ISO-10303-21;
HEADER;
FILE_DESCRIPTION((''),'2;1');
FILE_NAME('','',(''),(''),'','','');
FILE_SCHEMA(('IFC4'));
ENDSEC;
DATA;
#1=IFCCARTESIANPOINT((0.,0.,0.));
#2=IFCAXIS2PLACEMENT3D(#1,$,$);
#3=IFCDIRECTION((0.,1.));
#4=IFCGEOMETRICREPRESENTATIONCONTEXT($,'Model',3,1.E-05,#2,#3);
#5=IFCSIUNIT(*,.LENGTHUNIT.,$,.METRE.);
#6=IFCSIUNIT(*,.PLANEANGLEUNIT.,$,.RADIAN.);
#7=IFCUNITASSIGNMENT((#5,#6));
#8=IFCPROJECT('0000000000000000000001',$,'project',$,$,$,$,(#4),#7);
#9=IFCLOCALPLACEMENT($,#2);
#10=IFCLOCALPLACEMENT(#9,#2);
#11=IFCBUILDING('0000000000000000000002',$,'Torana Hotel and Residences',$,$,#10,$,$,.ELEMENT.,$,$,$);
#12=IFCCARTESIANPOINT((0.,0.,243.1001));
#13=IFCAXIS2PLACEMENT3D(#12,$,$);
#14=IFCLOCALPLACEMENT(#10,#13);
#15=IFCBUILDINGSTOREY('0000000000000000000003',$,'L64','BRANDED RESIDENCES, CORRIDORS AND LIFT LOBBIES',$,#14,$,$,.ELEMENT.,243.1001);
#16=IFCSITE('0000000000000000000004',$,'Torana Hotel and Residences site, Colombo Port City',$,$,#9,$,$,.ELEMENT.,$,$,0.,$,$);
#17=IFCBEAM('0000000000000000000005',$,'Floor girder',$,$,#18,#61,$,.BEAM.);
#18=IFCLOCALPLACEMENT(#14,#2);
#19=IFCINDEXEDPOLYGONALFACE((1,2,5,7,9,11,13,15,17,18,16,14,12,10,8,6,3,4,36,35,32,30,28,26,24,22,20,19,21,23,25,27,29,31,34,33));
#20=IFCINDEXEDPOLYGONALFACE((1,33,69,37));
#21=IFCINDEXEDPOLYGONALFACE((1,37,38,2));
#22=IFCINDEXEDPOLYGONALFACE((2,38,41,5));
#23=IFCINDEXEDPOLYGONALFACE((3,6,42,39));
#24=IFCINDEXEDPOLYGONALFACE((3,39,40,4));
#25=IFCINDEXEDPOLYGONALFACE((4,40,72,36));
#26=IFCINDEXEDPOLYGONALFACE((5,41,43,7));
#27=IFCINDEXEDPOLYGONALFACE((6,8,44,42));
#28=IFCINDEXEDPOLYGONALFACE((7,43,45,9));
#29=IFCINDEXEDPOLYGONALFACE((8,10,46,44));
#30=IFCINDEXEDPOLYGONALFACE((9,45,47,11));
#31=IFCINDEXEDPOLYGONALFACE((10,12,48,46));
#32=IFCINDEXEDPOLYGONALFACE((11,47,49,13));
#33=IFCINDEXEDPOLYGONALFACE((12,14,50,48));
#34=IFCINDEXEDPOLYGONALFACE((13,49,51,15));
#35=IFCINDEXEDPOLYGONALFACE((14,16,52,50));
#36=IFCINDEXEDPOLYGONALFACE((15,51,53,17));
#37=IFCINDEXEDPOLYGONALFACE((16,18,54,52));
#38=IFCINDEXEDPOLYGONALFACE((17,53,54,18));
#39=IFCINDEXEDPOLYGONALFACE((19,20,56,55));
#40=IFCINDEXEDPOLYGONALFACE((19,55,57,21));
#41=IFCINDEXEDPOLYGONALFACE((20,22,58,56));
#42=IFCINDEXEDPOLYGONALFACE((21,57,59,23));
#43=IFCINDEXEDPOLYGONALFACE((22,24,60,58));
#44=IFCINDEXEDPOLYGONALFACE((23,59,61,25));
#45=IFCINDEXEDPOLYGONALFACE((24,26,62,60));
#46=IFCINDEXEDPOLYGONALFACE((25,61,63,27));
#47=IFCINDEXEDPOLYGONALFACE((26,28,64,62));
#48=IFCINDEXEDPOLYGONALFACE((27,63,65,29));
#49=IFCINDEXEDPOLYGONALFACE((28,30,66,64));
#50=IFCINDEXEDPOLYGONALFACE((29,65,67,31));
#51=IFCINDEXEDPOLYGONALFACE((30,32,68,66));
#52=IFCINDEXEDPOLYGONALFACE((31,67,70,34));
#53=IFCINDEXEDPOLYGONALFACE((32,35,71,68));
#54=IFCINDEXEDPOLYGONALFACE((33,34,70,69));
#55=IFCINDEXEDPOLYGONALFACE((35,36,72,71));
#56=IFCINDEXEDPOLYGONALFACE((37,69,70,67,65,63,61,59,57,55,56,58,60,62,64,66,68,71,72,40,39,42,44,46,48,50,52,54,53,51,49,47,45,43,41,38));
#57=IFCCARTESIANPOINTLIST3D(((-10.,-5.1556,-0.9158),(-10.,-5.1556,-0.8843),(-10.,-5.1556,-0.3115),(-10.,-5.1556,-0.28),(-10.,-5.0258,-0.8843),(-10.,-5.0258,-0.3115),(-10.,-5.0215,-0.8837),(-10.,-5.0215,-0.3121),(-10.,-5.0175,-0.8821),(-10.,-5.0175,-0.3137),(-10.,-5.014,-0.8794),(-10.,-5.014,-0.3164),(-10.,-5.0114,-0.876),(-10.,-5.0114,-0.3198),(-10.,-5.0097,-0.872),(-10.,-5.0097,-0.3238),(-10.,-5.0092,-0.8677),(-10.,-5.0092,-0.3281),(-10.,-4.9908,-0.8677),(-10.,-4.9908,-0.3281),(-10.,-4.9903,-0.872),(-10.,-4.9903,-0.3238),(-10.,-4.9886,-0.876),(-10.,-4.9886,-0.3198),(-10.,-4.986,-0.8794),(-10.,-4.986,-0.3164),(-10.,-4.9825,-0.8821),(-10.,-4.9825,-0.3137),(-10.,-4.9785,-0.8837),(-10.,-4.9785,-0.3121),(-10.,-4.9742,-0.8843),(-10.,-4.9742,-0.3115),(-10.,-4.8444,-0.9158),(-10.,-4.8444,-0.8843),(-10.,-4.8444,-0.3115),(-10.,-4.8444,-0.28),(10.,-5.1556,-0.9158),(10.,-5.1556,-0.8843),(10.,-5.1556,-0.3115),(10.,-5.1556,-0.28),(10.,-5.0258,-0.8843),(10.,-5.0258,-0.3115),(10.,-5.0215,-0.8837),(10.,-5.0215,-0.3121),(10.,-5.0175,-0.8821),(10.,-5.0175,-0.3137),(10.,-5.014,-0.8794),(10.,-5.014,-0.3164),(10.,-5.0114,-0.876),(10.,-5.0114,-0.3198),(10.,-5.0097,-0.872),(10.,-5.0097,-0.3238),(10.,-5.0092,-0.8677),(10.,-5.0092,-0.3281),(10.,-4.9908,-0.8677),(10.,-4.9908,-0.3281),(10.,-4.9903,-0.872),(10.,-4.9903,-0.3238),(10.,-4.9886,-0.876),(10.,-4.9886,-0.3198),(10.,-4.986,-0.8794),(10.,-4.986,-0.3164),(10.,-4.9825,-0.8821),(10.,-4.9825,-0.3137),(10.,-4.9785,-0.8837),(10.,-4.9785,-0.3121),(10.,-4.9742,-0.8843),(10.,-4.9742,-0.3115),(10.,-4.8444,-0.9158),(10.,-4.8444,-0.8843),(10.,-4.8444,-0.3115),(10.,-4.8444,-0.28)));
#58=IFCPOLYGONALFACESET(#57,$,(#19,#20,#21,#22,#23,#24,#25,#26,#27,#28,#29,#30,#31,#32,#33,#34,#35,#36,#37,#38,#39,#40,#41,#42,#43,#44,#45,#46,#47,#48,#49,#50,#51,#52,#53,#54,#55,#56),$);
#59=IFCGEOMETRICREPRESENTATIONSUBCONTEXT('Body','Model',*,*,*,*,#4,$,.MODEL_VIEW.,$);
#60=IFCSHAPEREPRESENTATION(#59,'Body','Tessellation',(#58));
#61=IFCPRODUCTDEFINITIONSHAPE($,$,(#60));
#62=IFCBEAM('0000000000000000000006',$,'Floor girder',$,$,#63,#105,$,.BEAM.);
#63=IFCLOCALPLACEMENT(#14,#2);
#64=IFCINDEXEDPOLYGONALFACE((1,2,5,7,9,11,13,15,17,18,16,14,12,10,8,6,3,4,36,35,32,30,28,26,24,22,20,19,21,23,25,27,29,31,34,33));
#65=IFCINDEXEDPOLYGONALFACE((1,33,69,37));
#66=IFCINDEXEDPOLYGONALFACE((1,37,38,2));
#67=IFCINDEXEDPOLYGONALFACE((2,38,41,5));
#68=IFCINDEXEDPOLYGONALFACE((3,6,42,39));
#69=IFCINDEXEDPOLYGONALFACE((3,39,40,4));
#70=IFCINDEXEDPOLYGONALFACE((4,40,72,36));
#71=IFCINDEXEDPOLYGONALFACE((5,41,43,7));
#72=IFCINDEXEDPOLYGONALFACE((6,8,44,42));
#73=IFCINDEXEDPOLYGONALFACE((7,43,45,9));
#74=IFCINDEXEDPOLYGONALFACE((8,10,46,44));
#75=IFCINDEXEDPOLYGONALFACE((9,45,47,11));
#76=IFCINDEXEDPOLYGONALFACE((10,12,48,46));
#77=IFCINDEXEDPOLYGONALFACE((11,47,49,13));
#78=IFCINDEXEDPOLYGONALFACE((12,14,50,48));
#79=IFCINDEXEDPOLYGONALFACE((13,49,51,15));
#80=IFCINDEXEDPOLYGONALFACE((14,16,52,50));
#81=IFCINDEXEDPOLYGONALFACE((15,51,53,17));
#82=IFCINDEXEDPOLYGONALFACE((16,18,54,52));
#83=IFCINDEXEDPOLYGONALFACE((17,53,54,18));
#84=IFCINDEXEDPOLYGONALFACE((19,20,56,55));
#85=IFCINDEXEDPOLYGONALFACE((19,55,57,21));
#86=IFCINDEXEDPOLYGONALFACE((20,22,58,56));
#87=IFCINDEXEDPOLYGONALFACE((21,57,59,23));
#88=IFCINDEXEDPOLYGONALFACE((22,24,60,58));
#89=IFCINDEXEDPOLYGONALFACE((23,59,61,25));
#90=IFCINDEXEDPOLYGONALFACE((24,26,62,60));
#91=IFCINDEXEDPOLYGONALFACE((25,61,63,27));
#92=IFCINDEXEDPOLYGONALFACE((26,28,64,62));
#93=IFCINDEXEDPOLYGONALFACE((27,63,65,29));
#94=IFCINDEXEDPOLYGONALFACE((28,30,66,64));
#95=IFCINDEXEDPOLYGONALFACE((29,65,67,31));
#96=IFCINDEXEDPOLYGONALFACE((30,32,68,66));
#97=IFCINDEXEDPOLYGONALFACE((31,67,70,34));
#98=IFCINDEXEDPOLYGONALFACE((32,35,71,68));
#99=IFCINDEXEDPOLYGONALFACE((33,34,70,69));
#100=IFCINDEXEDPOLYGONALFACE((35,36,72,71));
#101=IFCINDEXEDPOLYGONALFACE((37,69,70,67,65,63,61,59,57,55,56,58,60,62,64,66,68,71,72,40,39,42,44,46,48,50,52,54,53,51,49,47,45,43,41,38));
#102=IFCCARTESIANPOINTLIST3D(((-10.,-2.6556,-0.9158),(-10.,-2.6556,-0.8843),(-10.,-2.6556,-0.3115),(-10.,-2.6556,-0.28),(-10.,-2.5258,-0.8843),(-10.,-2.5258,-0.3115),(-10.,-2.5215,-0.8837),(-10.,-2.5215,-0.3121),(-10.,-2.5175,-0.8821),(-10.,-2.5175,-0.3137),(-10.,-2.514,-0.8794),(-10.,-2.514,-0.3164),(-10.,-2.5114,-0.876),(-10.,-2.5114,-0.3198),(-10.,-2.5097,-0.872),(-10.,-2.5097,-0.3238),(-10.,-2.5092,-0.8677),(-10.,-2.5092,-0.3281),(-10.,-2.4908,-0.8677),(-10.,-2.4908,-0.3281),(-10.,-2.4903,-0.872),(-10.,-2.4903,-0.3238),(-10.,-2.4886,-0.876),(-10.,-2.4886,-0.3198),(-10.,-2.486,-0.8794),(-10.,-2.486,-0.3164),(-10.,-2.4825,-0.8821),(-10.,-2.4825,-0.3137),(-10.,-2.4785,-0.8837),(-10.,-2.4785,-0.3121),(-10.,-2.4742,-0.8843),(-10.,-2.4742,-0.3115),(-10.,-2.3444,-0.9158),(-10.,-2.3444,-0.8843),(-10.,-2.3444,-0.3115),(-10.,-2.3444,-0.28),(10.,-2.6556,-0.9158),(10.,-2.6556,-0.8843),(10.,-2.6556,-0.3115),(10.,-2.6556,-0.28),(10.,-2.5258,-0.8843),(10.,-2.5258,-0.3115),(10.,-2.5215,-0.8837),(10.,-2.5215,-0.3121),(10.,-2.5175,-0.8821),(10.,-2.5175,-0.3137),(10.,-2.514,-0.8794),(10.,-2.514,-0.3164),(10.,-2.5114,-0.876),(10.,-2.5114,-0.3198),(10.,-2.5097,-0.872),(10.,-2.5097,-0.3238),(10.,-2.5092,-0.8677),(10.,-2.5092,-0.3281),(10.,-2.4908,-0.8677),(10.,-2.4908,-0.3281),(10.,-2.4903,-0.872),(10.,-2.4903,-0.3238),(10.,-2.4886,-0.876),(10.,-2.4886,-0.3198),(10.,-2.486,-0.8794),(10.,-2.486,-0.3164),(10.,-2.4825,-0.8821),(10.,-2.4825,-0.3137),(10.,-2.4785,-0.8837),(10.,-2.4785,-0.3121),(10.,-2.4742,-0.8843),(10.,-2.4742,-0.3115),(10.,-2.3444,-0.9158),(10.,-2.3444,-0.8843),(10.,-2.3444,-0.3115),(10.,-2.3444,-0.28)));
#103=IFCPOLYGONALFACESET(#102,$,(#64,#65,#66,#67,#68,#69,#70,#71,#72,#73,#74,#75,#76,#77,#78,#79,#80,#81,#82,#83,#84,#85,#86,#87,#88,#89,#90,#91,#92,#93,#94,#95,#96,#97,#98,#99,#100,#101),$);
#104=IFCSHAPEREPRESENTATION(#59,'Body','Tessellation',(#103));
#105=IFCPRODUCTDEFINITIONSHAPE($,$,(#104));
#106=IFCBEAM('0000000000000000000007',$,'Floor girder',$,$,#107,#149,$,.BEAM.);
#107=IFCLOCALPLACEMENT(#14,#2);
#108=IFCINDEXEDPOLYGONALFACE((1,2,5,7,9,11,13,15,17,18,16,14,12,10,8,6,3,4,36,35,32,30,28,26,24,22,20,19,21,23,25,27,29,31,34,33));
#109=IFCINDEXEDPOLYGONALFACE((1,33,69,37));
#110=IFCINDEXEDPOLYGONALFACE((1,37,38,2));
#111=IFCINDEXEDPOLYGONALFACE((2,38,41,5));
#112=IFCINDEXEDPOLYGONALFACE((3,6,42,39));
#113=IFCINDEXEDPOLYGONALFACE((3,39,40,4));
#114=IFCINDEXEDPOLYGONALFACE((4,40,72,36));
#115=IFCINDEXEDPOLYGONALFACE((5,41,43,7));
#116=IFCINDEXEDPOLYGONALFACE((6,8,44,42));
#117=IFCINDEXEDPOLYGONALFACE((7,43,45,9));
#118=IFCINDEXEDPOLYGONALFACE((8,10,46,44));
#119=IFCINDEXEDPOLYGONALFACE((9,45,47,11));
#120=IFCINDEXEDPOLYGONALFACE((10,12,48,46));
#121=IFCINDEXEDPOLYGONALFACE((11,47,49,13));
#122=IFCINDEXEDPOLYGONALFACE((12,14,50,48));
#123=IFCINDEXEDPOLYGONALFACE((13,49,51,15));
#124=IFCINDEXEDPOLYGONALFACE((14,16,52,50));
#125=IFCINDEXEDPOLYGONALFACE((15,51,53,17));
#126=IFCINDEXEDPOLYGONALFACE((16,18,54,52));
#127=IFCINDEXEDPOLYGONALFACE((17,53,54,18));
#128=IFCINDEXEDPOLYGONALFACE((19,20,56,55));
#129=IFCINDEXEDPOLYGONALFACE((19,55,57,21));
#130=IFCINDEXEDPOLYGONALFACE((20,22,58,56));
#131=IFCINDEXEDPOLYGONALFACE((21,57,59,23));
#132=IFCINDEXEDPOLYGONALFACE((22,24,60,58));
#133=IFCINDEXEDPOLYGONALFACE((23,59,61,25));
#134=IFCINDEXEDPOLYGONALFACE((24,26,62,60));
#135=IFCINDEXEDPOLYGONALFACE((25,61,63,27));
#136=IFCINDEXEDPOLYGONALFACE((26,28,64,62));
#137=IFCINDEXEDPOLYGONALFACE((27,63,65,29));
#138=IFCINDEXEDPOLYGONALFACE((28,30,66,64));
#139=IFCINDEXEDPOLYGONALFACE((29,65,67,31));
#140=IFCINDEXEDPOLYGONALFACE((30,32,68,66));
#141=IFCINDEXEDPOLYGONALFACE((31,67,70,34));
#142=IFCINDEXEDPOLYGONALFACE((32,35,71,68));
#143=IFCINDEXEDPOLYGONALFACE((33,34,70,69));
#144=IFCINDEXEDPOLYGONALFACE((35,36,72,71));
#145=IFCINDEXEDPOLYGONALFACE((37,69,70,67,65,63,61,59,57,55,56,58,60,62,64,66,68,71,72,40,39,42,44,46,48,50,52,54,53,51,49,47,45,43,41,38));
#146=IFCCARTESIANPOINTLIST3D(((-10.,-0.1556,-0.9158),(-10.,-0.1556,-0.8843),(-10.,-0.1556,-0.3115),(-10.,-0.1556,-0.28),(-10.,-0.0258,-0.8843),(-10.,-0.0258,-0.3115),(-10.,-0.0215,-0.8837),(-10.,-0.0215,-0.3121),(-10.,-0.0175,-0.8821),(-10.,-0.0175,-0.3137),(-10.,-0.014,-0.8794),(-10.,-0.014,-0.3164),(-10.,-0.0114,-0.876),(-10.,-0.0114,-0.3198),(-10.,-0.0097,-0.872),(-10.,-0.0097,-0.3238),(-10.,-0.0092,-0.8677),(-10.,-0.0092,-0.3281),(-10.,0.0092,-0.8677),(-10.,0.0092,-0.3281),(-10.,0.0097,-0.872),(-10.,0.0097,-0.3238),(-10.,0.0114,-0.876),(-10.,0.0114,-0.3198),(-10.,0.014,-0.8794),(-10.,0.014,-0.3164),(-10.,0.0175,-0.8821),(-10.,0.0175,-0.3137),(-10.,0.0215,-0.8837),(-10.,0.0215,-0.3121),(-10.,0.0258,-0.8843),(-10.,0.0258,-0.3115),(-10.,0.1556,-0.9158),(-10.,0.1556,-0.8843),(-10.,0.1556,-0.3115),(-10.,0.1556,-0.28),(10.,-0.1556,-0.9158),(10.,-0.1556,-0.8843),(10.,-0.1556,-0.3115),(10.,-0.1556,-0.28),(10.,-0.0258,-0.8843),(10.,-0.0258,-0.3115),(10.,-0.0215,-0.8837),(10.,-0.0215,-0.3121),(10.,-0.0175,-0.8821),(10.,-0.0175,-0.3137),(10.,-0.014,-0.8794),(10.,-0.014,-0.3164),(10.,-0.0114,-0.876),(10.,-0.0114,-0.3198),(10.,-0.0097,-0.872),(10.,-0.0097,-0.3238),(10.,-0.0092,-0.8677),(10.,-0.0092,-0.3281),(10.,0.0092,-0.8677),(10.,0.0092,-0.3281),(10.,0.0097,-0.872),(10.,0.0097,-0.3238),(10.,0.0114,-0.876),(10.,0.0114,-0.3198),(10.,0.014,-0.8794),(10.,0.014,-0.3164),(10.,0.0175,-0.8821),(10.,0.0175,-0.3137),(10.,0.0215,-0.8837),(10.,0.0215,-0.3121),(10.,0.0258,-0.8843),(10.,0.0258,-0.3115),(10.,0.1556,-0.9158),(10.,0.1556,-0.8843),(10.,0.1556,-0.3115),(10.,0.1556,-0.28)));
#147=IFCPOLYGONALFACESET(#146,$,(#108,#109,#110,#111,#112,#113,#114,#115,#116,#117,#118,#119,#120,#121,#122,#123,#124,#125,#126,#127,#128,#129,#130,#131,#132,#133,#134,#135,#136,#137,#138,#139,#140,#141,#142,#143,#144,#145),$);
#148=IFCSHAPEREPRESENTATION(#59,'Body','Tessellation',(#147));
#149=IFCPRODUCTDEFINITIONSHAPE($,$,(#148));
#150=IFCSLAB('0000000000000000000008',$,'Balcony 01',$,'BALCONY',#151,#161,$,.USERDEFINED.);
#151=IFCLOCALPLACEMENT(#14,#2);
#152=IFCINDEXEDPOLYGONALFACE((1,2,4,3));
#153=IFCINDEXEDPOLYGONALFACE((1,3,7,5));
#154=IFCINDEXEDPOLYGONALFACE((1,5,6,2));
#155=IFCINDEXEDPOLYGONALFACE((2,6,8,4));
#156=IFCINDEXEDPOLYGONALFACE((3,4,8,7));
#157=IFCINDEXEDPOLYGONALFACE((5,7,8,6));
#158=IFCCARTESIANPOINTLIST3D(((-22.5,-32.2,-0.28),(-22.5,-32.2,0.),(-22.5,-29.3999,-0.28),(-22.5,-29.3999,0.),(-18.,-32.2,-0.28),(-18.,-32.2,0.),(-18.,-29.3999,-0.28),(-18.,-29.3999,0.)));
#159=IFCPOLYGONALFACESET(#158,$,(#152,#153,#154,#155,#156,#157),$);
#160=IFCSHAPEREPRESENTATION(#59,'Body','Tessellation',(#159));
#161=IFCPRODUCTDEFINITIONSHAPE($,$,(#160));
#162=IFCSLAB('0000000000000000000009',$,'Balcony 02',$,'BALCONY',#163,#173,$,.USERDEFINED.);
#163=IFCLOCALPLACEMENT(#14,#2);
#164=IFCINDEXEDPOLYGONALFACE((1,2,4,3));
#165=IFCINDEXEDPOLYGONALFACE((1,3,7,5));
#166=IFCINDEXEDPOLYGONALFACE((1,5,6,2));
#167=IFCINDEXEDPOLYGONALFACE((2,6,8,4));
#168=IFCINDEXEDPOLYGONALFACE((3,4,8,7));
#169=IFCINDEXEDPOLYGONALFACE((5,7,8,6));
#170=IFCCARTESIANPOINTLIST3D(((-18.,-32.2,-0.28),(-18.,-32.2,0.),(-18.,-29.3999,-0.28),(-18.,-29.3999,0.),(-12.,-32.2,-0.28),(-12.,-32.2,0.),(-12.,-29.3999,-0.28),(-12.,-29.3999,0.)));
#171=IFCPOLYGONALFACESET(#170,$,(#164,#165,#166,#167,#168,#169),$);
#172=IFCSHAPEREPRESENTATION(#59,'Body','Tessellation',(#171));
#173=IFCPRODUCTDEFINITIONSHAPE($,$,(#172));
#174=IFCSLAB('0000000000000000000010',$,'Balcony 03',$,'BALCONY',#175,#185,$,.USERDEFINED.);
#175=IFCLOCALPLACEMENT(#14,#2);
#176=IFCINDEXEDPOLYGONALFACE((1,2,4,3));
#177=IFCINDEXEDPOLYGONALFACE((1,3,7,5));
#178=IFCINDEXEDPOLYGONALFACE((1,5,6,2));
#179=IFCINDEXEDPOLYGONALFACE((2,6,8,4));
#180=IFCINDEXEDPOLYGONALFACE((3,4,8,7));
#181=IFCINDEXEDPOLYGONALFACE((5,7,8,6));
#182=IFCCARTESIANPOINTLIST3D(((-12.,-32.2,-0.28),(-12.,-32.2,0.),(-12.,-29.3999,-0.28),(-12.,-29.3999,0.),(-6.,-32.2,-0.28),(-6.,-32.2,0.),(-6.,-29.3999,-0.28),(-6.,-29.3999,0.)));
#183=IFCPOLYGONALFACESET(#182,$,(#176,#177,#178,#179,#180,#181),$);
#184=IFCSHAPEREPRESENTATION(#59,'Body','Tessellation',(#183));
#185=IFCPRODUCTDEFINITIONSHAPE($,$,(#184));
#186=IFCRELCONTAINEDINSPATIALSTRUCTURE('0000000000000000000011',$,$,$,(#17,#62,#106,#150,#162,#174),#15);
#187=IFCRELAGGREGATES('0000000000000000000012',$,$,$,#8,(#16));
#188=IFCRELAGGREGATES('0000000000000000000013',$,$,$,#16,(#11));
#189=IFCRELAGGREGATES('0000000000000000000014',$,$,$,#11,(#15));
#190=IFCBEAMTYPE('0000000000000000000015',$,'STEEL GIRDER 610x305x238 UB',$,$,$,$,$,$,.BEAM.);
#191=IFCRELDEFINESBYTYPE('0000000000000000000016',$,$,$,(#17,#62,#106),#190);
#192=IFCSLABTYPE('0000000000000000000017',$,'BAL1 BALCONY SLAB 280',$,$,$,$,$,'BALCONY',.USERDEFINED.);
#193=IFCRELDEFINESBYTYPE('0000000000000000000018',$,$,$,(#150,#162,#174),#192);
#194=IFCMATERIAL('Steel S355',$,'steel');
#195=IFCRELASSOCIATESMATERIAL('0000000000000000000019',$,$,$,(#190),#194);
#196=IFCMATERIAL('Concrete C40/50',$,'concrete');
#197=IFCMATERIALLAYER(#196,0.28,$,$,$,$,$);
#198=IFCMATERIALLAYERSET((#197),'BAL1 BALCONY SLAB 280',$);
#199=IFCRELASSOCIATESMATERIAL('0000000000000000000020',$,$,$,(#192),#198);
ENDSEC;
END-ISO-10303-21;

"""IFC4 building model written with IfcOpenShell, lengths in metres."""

from ifc_helpers import new_model, si_unit, direction, frame, origin, origin_2d, place, context, subcontext, project, spatial, polyline, i_section, outline, extrude, material, layer, layer_set, material_profile, profile_set, type_object, element, save


model = new_model("IFC4")

# Units and contexts
model_context = context("Model", 3, precision=1e-05, world=origin(), true_north=direction((0.0, 1.0)))
body_context = subcontext(model_context, "Body", "Model", "MODEL_VIEW")
ifc_project = project(units=[si_unit("LENGTHUNIT", "METRE"), si_unit("PLANEANGLEUNIT", "RADIAN")], contexts=[model_context])

# Site, building, storey
site_placement = place(None, origin())
site = spatial("IfcSite", under=ifc_project, at=site_placement, Name="Torana Hotel and Residences site, Colombo Port City", CompositionType="ELEMENT", RefElevation=0.0)
building_placement = place(site_placement, origin())
building = spatial("IfcBuilding", under=site, at=building_placement, Name="Torana Hotel and Residences", CompositionType="ELEMENT")
storey_placement = place(building_placement, frame((0.0, 0.0, 243.1001)))
storey = spatial("IfcBuildingStorey", under=building, at=storey_placement, Name="L64", Description="BRANDED RESIDENCES, CORRIDORS AND LIFT LOBBIES", CompositionType="ELEMENT", Elevation=243.1001)

# Beams
ifc_material_1 = material(Name="Steel S355", Category="steel")
ifc_material_profile = material_profile(ifc_material_1, i_section(OverallWidth=0.3113, OverallDepth=0.6357, WebThickness=0.0183, FlangeThickness=0.0315, FilletRadius=0.0166, at=origin_2d()), Name="610x305x238 UB")
ifc_profile_set = profile_set([ifc_material_profile], Name="Steel S355")
beam_type = type_object("IfcBeamType", Name="STEEL GIRDER 610x305x238 UB", PredefinedType="BEAM", material=ifc_profile_set)
for number, where, z_axis, x_axis, name in (
    (1, (-10.0, -5.0, -0.5979), (1.0, 0.0, 0.0), (0.0, 1.0, 0.0), "Floor girder"),
    (2, (-10.0, -2.5, -0.5979), (1.0, 0.0, 0.0), (0.0, 1.0, 0.0), "Floor girder"),
    (3, (-10.0, 0.0, -0.5979), (1.0, 0.0, 0.0), (0.0, 1.0, 0.0), "Floor girder"),
):
    element("IfcBeam", number, at=place(storey_placement, frame(where, z_axis=z_axis, x_axis=x_axis)), inside=storey, type_object=beam_type, Name=name, PredefinedType="BEAM", context=body_context, shape_type="SweptSolid", body=[
        extrude(i_section(OverallWidth=0.3113, OverallDepth=0.6357, WebThickness=0.0183, FlangeThickness=0.0315, FilletRadius=0.0166, at=origin_2d()), origin(), (0.0, 0.0, 1.0), 20.0),
    ])

# Slabs
ifc_material_2 = material(Name="Concrete C40/50", Category="concrete")
ifc_layer_1 = layer(ifc_material_2, 0.28)
ifc_layer_set_1 = layer_set([ifc_layer_1], Name="BAL1 BALCONY SLAB 280")
slab_type_1 = type_object("IfcSlabType", Name="BAL1 BALCONY SLAB 280", ElementType="BALCONY", PredefinedType="USERDEFINED", material=ifc_layer_set_1)
slab_1_placement = place(storey_placement, frame((0.0, 0.0, -0.28)))
element("IfcSlab", 4, at=slab_1_placement, inside=storey, type_object=slab_type_1, Name="Balcony 01", ObjectType="BALCONY", PredefinedType="USERDEFINED", context=body_context, shape_type="SweptSolid", body=[
    extrude(outline(polyline([(-22.5, -32.2), (-18.0, -32.2), (-18.0, -29.3999), (-22.5, -29.3999), (-22.5, -32.2)])), origin(), (0.0, 0.0, 1.0), 0.28),
])
slab_2_placement = place(storey_placement, frame((0.0, 0.0, -0.28)))
element("IfcSlab", 5, at=slab_2_placement, inside=storey, type_object=slab_type_1, Name="Balcony 02", ObjectType="BALCONY", PredefinedType="USERDEFINED", context=body_context, shape_type="SweptSolid", body=[
    extrude(outline(polyline([(-18.0, -32.2), (-12.0, -32.2), (-12.0, -29.3999), (-18.0, -29.3999), (-18.0, -32.2)])), origin(), (0.0, 0.0, 1.0), 0.28),
])
slab_3_placement = place(storey_placement, frame((0.0, 0.0, -0.28)))
element("IfcSlab", 6, at=slab_3_placement, inside=storey, type_object=slab_type_1, Name="Balcony 03", ObjectType="BALCONY", PredefinedType="USERDEFINED", context=body_context, shape_type="SweptSolid", body=[
    extrude(outline(polyline([(-12.0, -32.2), (-6.0, -32.2), (-6.0, -29.3999), (-12.0, -29.3999), (-12.0, -32.2)])), origin(), (0.0, 0.0, 1.0), 0.28),
])

save(model, "model.ifc")
